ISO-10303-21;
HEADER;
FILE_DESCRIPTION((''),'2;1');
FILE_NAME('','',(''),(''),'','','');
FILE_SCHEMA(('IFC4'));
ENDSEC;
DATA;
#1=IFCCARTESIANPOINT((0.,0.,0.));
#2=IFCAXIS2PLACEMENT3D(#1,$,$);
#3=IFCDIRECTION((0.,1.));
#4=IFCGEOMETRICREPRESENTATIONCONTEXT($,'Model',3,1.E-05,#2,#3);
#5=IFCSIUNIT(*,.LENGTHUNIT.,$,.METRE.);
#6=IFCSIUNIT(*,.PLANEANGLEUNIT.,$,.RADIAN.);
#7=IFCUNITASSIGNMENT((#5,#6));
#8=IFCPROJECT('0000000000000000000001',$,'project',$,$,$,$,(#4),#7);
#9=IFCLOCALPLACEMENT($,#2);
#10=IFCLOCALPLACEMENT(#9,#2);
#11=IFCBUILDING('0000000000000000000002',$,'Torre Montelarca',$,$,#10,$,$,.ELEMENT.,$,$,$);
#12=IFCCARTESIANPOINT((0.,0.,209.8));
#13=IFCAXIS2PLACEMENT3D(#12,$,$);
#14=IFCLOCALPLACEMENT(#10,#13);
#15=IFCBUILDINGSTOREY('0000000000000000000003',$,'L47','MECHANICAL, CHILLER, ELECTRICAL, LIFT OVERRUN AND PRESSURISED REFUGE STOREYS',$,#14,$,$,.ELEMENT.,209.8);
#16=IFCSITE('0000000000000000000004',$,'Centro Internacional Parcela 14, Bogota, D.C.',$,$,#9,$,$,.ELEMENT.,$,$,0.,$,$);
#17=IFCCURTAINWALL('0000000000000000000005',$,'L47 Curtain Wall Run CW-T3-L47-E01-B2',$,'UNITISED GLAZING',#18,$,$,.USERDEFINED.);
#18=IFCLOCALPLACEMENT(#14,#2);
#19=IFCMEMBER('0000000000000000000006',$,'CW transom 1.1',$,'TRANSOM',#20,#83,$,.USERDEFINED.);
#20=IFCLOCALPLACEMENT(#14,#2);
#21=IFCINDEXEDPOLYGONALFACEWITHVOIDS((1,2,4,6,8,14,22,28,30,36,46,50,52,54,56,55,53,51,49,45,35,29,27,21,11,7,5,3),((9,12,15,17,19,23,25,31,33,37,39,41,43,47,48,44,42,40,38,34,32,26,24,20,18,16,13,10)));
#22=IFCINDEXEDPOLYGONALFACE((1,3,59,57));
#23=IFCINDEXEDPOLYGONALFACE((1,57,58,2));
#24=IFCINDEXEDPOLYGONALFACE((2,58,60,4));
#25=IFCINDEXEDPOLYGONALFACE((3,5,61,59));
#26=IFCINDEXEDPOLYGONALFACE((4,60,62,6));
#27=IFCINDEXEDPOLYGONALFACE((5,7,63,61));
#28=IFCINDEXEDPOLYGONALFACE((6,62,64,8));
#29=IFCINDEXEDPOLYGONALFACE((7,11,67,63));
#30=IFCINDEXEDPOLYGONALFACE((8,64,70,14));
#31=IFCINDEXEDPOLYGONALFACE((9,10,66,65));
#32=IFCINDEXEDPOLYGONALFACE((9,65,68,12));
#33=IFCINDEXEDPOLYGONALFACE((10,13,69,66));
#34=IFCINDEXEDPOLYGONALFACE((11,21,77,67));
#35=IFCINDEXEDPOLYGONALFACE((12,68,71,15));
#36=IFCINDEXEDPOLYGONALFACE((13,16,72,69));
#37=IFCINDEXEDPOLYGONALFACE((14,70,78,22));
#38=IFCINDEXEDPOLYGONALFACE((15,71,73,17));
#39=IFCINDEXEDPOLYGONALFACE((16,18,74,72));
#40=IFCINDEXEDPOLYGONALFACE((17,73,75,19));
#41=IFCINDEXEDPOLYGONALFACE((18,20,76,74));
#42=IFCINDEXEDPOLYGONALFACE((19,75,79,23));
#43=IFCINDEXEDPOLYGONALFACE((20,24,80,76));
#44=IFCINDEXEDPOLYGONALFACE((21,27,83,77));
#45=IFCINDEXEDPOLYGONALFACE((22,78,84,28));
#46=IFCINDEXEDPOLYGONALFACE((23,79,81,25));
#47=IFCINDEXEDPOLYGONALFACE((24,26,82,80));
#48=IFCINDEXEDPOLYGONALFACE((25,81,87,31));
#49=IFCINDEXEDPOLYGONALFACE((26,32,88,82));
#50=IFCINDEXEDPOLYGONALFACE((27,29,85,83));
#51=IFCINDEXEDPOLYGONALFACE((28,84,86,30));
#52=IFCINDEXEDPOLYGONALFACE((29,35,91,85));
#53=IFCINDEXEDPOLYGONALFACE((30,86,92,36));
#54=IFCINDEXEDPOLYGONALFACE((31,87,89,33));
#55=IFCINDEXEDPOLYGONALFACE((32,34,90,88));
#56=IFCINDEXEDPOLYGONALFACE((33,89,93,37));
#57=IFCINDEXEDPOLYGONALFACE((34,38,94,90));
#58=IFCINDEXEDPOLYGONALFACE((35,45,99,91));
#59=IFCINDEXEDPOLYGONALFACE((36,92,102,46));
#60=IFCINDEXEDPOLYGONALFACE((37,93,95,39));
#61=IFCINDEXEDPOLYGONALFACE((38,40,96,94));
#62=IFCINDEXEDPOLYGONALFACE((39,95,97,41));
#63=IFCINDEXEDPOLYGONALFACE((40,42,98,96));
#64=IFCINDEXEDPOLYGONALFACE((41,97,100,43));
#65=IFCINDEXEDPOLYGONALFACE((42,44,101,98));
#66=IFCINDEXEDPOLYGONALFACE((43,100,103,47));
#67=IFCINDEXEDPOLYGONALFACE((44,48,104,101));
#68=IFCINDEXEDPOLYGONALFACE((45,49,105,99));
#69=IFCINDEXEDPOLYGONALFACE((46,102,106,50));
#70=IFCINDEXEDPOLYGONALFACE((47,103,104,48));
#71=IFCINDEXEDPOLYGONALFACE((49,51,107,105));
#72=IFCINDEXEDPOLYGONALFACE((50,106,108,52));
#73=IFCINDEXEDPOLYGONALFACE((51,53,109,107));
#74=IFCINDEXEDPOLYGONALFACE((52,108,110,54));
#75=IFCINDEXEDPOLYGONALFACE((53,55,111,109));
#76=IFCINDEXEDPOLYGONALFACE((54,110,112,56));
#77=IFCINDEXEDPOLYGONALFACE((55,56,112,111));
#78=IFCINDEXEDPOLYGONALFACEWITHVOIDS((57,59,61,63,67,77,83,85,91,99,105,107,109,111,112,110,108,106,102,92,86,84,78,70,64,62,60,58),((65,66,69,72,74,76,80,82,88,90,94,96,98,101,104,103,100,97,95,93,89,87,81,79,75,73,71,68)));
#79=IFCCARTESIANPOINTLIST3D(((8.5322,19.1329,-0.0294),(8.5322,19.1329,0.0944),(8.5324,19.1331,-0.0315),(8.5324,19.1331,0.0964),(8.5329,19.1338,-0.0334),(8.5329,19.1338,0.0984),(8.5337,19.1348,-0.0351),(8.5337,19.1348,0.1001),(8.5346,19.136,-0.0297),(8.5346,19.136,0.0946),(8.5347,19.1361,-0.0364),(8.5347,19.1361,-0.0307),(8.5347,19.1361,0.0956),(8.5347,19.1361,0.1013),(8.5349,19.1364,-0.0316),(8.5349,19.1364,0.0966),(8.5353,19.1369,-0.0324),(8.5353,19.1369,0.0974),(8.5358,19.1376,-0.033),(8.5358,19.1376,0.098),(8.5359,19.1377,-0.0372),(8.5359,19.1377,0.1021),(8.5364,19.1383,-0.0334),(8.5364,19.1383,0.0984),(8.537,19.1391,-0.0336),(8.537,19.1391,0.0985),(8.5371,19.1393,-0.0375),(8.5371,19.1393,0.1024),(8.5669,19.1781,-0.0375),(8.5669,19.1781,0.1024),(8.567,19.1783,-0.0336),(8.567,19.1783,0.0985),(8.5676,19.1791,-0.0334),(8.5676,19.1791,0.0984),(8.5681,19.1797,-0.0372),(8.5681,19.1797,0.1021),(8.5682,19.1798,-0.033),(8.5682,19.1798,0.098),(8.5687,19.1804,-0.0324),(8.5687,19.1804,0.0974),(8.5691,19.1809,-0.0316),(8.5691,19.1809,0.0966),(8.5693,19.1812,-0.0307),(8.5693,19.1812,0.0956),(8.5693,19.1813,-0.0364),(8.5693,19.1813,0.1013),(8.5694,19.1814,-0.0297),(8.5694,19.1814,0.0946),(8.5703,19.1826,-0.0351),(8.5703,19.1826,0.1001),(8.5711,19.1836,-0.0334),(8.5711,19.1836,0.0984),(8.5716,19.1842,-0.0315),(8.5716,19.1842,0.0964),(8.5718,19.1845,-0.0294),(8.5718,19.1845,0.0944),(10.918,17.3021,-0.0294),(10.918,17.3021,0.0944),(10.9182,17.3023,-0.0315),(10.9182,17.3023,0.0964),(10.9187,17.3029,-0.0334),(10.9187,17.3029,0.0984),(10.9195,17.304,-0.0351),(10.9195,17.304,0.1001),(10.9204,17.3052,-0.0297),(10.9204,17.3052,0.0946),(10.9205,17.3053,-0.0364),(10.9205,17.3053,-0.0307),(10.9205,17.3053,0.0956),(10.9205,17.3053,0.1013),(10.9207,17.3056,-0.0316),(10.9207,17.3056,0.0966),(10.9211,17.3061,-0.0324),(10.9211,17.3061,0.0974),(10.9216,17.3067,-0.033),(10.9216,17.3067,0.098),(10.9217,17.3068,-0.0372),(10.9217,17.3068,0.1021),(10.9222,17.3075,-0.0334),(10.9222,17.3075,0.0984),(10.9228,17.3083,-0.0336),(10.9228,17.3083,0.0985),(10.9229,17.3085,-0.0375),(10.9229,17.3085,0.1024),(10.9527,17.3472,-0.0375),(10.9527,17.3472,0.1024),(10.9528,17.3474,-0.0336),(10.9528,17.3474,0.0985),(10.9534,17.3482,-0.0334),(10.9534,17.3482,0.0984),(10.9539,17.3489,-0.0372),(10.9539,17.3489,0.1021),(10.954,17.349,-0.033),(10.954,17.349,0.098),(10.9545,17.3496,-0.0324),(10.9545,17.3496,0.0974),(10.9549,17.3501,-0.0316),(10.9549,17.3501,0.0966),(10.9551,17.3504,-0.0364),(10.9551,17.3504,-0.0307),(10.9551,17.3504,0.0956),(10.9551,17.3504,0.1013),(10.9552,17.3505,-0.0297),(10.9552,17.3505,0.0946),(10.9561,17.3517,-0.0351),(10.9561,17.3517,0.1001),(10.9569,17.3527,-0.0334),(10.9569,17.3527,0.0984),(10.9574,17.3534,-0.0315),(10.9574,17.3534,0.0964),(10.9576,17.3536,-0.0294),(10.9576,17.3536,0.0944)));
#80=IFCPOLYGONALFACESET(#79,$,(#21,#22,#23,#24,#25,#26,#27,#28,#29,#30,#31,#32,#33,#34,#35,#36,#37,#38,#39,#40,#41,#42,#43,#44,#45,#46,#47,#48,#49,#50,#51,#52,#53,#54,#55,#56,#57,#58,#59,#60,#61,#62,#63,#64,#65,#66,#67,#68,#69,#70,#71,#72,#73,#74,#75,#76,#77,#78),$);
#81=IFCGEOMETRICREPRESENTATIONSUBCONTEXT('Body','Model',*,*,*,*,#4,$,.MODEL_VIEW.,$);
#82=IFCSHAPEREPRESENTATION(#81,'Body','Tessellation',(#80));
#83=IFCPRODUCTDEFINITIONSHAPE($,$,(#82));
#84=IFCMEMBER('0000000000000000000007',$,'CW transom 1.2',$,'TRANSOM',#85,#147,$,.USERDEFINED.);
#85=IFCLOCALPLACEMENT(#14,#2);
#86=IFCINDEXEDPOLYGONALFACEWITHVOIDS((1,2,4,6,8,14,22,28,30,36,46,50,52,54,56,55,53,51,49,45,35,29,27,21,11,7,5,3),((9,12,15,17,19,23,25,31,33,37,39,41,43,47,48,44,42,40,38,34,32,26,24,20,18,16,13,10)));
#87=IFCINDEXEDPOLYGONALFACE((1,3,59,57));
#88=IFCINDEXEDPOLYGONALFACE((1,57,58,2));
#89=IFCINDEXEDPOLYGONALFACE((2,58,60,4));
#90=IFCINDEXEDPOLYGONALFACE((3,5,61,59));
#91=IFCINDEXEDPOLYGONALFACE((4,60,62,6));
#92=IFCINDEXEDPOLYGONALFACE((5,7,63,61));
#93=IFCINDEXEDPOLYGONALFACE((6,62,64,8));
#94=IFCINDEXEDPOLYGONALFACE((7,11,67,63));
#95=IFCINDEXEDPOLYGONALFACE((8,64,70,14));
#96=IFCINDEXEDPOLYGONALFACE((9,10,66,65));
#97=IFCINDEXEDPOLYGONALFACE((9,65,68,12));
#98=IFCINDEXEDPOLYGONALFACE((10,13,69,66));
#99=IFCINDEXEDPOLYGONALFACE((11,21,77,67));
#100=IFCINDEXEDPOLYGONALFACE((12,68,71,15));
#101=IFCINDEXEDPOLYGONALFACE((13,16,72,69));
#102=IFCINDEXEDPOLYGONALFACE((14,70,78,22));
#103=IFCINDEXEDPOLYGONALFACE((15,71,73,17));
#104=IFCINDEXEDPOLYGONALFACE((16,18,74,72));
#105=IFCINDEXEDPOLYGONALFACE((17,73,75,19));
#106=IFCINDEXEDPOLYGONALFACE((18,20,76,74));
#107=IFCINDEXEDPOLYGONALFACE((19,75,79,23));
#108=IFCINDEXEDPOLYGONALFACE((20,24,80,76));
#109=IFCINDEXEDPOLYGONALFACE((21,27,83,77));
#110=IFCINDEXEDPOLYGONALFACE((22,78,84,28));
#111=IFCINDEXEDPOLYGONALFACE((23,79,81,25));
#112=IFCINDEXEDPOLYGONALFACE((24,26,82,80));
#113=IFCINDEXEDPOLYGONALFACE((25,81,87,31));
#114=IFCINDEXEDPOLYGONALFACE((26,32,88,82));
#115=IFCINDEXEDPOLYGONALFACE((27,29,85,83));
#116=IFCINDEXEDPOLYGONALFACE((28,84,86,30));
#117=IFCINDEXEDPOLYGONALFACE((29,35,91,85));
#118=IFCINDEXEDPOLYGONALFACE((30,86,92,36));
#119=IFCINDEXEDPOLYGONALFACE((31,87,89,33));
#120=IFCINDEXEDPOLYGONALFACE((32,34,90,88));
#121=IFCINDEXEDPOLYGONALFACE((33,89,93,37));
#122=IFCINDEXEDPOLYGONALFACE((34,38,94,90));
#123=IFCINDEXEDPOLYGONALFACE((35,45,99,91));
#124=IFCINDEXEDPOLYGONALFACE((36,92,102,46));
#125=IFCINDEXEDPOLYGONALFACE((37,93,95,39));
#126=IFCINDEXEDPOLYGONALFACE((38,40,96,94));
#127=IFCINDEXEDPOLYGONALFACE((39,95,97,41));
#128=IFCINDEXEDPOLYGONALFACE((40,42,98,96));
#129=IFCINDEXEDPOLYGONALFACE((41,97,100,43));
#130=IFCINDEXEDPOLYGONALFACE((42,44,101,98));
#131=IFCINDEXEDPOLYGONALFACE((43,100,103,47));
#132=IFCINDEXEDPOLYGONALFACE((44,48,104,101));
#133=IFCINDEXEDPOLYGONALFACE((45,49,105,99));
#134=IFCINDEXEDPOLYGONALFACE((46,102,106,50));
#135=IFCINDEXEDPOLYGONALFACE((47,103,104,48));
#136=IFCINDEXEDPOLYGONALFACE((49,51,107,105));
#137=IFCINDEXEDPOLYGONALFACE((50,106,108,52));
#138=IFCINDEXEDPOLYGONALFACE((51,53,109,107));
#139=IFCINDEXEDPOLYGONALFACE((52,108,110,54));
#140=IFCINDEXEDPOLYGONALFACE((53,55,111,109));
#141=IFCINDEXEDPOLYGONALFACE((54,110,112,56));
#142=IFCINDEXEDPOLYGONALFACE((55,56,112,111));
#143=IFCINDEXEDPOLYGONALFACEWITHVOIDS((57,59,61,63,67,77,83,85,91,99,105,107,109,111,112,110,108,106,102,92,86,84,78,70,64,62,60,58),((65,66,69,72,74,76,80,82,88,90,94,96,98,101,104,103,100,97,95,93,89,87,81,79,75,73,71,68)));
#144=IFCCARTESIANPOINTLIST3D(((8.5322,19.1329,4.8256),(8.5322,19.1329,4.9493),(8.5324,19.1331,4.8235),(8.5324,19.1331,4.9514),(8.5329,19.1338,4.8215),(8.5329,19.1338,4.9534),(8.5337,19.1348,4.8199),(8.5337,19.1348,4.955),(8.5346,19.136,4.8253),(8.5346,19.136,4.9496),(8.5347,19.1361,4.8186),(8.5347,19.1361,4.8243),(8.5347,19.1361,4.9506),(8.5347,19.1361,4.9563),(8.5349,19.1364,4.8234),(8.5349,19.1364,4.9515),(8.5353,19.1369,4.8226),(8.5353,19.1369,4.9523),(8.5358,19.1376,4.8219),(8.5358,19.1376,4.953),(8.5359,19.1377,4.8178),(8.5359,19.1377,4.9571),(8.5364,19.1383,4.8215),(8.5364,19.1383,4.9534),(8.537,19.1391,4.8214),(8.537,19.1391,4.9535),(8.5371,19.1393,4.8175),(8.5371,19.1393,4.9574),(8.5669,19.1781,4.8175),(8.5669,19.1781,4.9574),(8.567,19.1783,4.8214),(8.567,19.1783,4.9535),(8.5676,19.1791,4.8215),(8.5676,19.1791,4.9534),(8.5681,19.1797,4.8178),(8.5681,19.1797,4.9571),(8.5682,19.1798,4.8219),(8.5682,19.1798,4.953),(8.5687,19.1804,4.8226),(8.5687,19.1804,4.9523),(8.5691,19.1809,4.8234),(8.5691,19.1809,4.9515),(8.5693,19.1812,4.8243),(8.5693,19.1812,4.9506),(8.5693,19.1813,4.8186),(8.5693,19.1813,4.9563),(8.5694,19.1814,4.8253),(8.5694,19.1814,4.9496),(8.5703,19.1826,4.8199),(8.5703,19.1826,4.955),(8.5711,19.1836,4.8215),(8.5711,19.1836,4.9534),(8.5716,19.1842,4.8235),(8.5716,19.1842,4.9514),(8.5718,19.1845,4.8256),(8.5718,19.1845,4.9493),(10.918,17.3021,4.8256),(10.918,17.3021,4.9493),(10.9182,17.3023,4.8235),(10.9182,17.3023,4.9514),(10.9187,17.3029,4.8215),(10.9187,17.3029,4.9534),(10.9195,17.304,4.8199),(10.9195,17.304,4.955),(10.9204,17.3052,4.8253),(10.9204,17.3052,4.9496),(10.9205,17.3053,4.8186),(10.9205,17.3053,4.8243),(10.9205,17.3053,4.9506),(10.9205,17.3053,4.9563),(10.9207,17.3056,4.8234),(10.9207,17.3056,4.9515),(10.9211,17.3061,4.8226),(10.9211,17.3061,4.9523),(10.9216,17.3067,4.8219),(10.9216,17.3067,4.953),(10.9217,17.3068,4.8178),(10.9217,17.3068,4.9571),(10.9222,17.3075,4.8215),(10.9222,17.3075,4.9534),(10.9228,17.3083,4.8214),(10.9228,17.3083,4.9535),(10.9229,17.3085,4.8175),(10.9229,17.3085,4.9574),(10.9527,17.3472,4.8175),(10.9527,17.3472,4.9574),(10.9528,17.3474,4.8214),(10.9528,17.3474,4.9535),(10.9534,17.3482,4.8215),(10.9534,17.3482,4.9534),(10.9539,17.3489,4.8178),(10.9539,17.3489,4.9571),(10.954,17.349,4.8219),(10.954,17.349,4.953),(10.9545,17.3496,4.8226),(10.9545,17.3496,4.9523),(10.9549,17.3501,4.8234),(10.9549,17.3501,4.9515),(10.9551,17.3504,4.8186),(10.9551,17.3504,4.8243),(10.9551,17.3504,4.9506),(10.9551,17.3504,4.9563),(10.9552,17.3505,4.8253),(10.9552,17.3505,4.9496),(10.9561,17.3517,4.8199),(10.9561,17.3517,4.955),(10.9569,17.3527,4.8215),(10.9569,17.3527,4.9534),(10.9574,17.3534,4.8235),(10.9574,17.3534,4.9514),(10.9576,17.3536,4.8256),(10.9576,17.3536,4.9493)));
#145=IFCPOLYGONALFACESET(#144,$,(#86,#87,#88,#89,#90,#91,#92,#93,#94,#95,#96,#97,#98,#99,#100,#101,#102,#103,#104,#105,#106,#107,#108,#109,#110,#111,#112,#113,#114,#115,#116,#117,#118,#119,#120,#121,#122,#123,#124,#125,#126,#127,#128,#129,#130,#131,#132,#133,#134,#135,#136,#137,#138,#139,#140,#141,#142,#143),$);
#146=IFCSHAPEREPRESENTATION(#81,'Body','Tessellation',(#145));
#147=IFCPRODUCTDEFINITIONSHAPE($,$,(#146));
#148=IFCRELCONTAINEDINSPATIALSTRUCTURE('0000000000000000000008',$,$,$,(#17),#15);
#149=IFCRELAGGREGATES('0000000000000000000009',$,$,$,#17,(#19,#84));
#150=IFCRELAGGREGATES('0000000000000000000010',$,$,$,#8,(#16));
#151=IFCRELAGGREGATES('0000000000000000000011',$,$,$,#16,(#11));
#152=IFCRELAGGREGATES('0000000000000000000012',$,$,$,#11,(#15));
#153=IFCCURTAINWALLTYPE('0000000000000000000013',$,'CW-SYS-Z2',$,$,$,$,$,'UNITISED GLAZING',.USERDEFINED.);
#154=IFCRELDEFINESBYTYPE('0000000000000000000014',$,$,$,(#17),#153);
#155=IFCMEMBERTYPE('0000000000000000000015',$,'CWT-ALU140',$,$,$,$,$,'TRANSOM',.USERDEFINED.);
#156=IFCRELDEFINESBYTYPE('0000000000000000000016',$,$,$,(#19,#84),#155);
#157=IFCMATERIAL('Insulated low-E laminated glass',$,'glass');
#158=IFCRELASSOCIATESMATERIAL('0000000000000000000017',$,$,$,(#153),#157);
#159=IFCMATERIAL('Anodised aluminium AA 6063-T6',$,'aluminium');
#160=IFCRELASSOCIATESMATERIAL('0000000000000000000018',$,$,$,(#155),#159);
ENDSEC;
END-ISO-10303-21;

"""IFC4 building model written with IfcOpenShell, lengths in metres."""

from ifc_helpers import new_model, si_unit, direction, frame, origin, origin_2d, place, context, subcontext, project, spatial, hollow_rectangle, extrude, source, transform, mapped, material, material_profile, profile_set, type_object, element, aggregate, save


model = new_model("IFC4")

# Units and contexts
model_context = context("Model", 3, precision=1e-05, world=origin(), true_north=direction((0.0, 1.0)))
body_context = subcontext(model_context, "Body", "Model", "MODEL_VIEW")
ifc_project = project(units=[si_unit("LENGTHUNIT", "METRE"), si_unit("PLANEANGLEUNIT", "RADIAN")], contexts=[model_context])

# Site, building, storey
site_placement = place(None, origin())
site = spatial("IfcSite", under=ifc_project, at=site_placement, Name="Centro Internacional Parcela 14, Bogota, D.C.", CompositionType="ELEMENT", RefElevation=0.0)
building_placement = place(site_placement, origin())
building = spatial("IfcBuilding", under=site, at=building_placement, Name="Torre Montelarca", CompositionType="ELEMENT")
storey_placement = place(building_placement, frame((0.0, 0.0, 209.8)))
storey = spatial("IfcBuildingStorey", under=building, at=storey_placement, Name="L47", Description="MECHANICAL, CHILLER, ELECTRICAL, LIFT OVERRUN AND PRESSURISED REFUGE STOREYS", CompositionType="ELEMENT", Elevation=209.8)

# Curtain wall
ifc_material_1 = material(Name="Insulated low-E laminated glass", Category="glass")
curtain_wall_type = type_object("IfcCurtainWallType", Name="CW-SYS-Z2", ElementType="UNITISED GLAZING", PredefinedType="USERDEFINED", material=ifc_material_1)
ifc_material_2 = material(Name="Anodised aluminium AA 6063-T6", Category="aluminium")
ifc_material_profile_1 = material_profile(ifc_material_2, hollow_rectangle(XDim=0.0649, YDim=0.1399, WallThickness=0.0039, InnerFilletRadius=0.0039, OuterFilletRadius=0.0081, at=origin_2d()), Name="ALU65X140X4", Category="aluminium")
ifc_profile_set_1 = profile_set([ifc_material_profile_1], Name="Anodised aluminium AA 6063-T6")
member_type_1 = type_object("IfcMemberType", Name="CWT-ALU140", ElementType="TRANSOM", PredefinedType="USERDEFINED", material=ifc_profile_set_1)
curtain_wall_1_placement = place(storey_placement, origin())
curtain_wall_1 = element("IfcCurtainWall", 1, at=curtain_wall_1_placement, inside=storey, type_object=curtain_wall_type, Name="L47 Curtain Wall Run CW-T3-L47-E01-B2", ObjectType="UNITISED GLAZING", PredefinedType="USERDEFINED")

# Members
shared_shape_1 = source(origin(), body_context, "Body", "SweptSolid", [
    extrude(hollow_rectangle(XDim=0.0649, YDim=0.1399, WallThickness=0.0039, InnerFilletRadius=0.0039, OuterFilletRadius=0.0081, at=origin_2d()), origin(), (0.0, 0.0, 1.0), 3.0073),
])
member_1_placement = place(storey_placement, frame((8.552, 19.1587, 0.0325), z_axis=(0.793327, -0.608796, 0.0), x_axis=(0.608796, 0.793327, 0.0)))
member_1 = element("IfcMember", 2, at=member_1_placement, type_object=member_type_1, Name="CW transom 1.1", ObjectType="TRANSOM", PredefinedType="USERDEFINED", context=body_context, shape_type="MappedRepresentation", body=[
    mapped(shared_shape_1, transform((0.0, 0.0, 0.0), scale=1.0)),
])
member_2_placement = place(storey_placement, frame((8.552, 19.1587, 4.8875), z_axis=(0.793327, -0.608796, 0.0), x_axis=(0.608796, 0.793327, 0.0)))
member_2 = element("IfcMember", 3, at=member_2_placement, type_object=member_type_1, Name="CW transom 1.2", ObjectType="TRANSOM", PredefinedType="USERDEFINED", context=body_context, shape_type="MappedRepresentation", body=[
    mapped(shared_shape_1, transform((0.0, 0.0, 0.0), scale=1.0)),
])

aggregate(curtain_wall_1, [member_1, member_2])

save(model, "model.ifc")
